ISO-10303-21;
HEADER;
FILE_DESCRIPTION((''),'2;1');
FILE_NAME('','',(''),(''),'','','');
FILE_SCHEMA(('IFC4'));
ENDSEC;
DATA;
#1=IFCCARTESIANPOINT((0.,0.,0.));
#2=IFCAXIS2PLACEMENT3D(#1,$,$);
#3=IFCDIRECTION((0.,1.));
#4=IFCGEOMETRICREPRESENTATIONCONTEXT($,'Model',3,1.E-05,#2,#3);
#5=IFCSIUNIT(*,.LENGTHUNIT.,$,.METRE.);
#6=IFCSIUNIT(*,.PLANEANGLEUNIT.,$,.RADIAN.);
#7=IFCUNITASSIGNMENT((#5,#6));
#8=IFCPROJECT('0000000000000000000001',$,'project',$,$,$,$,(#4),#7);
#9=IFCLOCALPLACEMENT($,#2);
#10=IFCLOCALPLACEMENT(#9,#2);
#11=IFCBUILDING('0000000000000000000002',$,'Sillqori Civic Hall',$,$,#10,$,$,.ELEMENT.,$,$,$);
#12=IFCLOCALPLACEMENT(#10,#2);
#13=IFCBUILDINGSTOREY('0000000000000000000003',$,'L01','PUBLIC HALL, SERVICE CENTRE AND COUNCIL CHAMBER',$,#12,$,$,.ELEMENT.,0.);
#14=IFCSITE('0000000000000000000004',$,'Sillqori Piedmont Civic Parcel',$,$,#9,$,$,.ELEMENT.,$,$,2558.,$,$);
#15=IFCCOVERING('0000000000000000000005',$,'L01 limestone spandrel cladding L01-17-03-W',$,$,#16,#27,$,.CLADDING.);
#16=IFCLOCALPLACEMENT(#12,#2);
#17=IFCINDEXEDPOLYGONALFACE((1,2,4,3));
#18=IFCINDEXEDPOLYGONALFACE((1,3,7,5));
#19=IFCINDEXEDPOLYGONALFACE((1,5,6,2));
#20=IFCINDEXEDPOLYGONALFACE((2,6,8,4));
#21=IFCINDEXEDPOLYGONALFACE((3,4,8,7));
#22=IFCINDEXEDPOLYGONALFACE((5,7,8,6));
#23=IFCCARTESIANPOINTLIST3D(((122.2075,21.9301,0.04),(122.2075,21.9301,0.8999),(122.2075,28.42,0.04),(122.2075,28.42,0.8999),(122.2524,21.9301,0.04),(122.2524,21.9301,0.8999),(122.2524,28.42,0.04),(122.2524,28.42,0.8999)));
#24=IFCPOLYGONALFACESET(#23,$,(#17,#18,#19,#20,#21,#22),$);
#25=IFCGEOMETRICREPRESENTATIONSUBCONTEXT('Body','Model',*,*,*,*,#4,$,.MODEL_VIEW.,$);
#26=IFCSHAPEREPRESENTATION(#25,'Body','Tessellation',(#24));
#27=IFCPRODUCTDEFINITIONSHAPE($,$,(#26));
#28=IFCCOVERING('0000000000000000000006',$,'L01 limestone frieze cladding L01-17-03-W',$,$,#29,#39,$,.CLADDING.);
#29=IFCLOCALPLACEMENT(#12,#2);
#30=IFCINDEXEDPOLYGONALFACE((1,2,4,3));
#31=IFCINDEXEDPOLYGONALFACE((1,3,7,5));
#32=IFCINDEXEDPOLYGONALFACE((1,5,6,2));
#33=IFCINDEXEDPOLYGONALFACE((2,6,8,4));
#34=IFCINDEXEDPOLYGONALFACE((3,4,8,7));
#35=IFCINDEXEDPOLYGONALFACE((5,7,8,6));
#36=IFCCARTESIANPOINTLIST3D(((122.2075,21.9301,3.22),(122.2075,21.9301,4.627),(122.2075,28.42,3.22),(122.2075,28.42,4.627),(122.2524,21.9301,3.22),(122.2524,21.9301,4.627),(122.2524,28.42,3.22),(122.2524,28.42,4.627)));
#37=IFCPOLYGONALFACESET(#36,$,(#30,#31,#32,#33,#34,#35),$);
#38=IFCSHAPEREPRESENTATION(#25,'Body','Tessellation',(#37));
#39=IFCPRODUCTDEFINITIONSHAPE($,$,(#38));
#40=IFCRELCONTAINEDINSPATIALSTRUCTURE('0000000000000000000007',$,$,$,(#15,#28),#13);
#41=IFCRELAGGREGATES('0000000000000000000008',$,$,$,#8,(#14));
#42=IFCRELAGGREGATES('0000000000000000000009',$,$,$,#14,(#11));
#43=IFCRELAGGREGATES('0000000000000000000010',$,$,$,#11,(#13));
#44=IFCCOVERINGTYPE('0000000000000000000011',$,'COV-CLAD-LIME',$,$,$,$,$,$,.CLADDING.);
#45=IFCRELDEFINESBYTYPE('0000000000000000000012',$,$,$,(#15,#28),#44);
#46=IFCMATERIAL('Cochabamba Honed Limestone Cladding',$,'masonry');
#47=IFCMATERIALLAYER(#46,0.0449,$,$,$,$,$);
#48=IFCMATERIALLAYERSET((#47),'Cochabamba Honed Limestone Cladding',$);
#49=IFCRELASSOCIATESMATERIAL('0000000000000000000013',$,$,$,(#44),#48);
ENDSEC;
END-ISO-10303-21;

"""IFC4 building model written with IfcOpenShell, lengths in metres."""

from ifc_helpers import new_model, si_unit, direction, frame, frame_2d, origin, place, context, subcontext, project, spatial, rectangle, extrude, material, layer, layer_set, type_object, element, save


model = new_model("IFC4")

# Units and contexts
model_context = context("Model", 3, precision=1e-05, world=origin(), true_north=direction((0.0, 1.0)))
body_context = subcontext(model_context, "Body", "Model", "MODEL_VIEW")
ifc_project = project(units=[si_unit("LENGTHUNIT", "METRE"), si_unit("PLANEANGLEUNIT", "RADIAN")], contexts=[model_context])

# Site, building, storey
site_placement = place(None, origin())
site = spatial("IfcSite", under=ifc_project, at=site_placement, Name="Sillqori Piedmont Civic Parcel", CompositionType="ELEMENT", RefElevation=2558.0)
building_placement = place(site_placement, origin())
building = spatial("IfcBuilding", under=site, at=building_placement, Name="Sillqori Civic Hall", CompositionType="ELEMENT")
storey_placement = place(building_placement, origin())
storey = spatial("IfcBuildingStorey", under=building, at=storey_placement, Name="L01", Description="PUBLIC HALL, SERVICE CENTRE AND COUNCIL CHAMBER", CompositionType="ELEMENT", Elevation=0.0)

# Coverings
ifc_material_1 = material(Name="Cochabamba Honed Limestone Cladding", Category="masonry")
ifc_layer_1 = layer(ifc_material_1, 0.0449)
ifc_layer_set_1 = layer_set([ifc_layer_1], Name="Cochabamba Honed Limestone Cladding")
covering_type = type_object("IfcCoveringType", Name="COV-CLAD-LIME", PredefinedType="CLADDING", material=ifc_layer_set_1)
covering_1_placement = place(storey_placement, frame((122.23, 21.9299, 0.04), z_axis=(0.0, 0.0, 1.0), x_axis=(0.0, 1.0, 0.0)))
element("IfcCovering", 1, at=covering_1_placement, inside=storey, type_object=covering_type, Name="L01 limestone spandrel cladding L01-17-03-W", PredefinedType="CLADDING", context=body_context, shape_type="SweptSolid", body=[
    extrude(rectangle(XDim=6.49, YDim=0.0449, at=frame_2d((3.2451, 0.0))), origin(), (0.0, 0.0, 1.0), 0.8599),
])
covering_2_placement = place(storey_placement, frame((122.23, 21.9299, 3.22), z_axis=(0.0, 0.0, 1.0), x_axis=(0.0, 1.0, 0.0)))
element("IfcCovering", 2, at=covering_2_placement, inside=storey, type_object=covering_type, Name="L01 limestone frieze cladding L01-17-03-W", PredefinedType="CLADDING", context=body_context, shape_type="SweptSolid", body=[
    extrude(rectangle(XDim=6.49, YDim=0.0449, at=frame_2d((3.2451, 0.0))), origin(), (0.0, 0.0, 1.0), 1.407),
])

save(model, "model.ifc")
